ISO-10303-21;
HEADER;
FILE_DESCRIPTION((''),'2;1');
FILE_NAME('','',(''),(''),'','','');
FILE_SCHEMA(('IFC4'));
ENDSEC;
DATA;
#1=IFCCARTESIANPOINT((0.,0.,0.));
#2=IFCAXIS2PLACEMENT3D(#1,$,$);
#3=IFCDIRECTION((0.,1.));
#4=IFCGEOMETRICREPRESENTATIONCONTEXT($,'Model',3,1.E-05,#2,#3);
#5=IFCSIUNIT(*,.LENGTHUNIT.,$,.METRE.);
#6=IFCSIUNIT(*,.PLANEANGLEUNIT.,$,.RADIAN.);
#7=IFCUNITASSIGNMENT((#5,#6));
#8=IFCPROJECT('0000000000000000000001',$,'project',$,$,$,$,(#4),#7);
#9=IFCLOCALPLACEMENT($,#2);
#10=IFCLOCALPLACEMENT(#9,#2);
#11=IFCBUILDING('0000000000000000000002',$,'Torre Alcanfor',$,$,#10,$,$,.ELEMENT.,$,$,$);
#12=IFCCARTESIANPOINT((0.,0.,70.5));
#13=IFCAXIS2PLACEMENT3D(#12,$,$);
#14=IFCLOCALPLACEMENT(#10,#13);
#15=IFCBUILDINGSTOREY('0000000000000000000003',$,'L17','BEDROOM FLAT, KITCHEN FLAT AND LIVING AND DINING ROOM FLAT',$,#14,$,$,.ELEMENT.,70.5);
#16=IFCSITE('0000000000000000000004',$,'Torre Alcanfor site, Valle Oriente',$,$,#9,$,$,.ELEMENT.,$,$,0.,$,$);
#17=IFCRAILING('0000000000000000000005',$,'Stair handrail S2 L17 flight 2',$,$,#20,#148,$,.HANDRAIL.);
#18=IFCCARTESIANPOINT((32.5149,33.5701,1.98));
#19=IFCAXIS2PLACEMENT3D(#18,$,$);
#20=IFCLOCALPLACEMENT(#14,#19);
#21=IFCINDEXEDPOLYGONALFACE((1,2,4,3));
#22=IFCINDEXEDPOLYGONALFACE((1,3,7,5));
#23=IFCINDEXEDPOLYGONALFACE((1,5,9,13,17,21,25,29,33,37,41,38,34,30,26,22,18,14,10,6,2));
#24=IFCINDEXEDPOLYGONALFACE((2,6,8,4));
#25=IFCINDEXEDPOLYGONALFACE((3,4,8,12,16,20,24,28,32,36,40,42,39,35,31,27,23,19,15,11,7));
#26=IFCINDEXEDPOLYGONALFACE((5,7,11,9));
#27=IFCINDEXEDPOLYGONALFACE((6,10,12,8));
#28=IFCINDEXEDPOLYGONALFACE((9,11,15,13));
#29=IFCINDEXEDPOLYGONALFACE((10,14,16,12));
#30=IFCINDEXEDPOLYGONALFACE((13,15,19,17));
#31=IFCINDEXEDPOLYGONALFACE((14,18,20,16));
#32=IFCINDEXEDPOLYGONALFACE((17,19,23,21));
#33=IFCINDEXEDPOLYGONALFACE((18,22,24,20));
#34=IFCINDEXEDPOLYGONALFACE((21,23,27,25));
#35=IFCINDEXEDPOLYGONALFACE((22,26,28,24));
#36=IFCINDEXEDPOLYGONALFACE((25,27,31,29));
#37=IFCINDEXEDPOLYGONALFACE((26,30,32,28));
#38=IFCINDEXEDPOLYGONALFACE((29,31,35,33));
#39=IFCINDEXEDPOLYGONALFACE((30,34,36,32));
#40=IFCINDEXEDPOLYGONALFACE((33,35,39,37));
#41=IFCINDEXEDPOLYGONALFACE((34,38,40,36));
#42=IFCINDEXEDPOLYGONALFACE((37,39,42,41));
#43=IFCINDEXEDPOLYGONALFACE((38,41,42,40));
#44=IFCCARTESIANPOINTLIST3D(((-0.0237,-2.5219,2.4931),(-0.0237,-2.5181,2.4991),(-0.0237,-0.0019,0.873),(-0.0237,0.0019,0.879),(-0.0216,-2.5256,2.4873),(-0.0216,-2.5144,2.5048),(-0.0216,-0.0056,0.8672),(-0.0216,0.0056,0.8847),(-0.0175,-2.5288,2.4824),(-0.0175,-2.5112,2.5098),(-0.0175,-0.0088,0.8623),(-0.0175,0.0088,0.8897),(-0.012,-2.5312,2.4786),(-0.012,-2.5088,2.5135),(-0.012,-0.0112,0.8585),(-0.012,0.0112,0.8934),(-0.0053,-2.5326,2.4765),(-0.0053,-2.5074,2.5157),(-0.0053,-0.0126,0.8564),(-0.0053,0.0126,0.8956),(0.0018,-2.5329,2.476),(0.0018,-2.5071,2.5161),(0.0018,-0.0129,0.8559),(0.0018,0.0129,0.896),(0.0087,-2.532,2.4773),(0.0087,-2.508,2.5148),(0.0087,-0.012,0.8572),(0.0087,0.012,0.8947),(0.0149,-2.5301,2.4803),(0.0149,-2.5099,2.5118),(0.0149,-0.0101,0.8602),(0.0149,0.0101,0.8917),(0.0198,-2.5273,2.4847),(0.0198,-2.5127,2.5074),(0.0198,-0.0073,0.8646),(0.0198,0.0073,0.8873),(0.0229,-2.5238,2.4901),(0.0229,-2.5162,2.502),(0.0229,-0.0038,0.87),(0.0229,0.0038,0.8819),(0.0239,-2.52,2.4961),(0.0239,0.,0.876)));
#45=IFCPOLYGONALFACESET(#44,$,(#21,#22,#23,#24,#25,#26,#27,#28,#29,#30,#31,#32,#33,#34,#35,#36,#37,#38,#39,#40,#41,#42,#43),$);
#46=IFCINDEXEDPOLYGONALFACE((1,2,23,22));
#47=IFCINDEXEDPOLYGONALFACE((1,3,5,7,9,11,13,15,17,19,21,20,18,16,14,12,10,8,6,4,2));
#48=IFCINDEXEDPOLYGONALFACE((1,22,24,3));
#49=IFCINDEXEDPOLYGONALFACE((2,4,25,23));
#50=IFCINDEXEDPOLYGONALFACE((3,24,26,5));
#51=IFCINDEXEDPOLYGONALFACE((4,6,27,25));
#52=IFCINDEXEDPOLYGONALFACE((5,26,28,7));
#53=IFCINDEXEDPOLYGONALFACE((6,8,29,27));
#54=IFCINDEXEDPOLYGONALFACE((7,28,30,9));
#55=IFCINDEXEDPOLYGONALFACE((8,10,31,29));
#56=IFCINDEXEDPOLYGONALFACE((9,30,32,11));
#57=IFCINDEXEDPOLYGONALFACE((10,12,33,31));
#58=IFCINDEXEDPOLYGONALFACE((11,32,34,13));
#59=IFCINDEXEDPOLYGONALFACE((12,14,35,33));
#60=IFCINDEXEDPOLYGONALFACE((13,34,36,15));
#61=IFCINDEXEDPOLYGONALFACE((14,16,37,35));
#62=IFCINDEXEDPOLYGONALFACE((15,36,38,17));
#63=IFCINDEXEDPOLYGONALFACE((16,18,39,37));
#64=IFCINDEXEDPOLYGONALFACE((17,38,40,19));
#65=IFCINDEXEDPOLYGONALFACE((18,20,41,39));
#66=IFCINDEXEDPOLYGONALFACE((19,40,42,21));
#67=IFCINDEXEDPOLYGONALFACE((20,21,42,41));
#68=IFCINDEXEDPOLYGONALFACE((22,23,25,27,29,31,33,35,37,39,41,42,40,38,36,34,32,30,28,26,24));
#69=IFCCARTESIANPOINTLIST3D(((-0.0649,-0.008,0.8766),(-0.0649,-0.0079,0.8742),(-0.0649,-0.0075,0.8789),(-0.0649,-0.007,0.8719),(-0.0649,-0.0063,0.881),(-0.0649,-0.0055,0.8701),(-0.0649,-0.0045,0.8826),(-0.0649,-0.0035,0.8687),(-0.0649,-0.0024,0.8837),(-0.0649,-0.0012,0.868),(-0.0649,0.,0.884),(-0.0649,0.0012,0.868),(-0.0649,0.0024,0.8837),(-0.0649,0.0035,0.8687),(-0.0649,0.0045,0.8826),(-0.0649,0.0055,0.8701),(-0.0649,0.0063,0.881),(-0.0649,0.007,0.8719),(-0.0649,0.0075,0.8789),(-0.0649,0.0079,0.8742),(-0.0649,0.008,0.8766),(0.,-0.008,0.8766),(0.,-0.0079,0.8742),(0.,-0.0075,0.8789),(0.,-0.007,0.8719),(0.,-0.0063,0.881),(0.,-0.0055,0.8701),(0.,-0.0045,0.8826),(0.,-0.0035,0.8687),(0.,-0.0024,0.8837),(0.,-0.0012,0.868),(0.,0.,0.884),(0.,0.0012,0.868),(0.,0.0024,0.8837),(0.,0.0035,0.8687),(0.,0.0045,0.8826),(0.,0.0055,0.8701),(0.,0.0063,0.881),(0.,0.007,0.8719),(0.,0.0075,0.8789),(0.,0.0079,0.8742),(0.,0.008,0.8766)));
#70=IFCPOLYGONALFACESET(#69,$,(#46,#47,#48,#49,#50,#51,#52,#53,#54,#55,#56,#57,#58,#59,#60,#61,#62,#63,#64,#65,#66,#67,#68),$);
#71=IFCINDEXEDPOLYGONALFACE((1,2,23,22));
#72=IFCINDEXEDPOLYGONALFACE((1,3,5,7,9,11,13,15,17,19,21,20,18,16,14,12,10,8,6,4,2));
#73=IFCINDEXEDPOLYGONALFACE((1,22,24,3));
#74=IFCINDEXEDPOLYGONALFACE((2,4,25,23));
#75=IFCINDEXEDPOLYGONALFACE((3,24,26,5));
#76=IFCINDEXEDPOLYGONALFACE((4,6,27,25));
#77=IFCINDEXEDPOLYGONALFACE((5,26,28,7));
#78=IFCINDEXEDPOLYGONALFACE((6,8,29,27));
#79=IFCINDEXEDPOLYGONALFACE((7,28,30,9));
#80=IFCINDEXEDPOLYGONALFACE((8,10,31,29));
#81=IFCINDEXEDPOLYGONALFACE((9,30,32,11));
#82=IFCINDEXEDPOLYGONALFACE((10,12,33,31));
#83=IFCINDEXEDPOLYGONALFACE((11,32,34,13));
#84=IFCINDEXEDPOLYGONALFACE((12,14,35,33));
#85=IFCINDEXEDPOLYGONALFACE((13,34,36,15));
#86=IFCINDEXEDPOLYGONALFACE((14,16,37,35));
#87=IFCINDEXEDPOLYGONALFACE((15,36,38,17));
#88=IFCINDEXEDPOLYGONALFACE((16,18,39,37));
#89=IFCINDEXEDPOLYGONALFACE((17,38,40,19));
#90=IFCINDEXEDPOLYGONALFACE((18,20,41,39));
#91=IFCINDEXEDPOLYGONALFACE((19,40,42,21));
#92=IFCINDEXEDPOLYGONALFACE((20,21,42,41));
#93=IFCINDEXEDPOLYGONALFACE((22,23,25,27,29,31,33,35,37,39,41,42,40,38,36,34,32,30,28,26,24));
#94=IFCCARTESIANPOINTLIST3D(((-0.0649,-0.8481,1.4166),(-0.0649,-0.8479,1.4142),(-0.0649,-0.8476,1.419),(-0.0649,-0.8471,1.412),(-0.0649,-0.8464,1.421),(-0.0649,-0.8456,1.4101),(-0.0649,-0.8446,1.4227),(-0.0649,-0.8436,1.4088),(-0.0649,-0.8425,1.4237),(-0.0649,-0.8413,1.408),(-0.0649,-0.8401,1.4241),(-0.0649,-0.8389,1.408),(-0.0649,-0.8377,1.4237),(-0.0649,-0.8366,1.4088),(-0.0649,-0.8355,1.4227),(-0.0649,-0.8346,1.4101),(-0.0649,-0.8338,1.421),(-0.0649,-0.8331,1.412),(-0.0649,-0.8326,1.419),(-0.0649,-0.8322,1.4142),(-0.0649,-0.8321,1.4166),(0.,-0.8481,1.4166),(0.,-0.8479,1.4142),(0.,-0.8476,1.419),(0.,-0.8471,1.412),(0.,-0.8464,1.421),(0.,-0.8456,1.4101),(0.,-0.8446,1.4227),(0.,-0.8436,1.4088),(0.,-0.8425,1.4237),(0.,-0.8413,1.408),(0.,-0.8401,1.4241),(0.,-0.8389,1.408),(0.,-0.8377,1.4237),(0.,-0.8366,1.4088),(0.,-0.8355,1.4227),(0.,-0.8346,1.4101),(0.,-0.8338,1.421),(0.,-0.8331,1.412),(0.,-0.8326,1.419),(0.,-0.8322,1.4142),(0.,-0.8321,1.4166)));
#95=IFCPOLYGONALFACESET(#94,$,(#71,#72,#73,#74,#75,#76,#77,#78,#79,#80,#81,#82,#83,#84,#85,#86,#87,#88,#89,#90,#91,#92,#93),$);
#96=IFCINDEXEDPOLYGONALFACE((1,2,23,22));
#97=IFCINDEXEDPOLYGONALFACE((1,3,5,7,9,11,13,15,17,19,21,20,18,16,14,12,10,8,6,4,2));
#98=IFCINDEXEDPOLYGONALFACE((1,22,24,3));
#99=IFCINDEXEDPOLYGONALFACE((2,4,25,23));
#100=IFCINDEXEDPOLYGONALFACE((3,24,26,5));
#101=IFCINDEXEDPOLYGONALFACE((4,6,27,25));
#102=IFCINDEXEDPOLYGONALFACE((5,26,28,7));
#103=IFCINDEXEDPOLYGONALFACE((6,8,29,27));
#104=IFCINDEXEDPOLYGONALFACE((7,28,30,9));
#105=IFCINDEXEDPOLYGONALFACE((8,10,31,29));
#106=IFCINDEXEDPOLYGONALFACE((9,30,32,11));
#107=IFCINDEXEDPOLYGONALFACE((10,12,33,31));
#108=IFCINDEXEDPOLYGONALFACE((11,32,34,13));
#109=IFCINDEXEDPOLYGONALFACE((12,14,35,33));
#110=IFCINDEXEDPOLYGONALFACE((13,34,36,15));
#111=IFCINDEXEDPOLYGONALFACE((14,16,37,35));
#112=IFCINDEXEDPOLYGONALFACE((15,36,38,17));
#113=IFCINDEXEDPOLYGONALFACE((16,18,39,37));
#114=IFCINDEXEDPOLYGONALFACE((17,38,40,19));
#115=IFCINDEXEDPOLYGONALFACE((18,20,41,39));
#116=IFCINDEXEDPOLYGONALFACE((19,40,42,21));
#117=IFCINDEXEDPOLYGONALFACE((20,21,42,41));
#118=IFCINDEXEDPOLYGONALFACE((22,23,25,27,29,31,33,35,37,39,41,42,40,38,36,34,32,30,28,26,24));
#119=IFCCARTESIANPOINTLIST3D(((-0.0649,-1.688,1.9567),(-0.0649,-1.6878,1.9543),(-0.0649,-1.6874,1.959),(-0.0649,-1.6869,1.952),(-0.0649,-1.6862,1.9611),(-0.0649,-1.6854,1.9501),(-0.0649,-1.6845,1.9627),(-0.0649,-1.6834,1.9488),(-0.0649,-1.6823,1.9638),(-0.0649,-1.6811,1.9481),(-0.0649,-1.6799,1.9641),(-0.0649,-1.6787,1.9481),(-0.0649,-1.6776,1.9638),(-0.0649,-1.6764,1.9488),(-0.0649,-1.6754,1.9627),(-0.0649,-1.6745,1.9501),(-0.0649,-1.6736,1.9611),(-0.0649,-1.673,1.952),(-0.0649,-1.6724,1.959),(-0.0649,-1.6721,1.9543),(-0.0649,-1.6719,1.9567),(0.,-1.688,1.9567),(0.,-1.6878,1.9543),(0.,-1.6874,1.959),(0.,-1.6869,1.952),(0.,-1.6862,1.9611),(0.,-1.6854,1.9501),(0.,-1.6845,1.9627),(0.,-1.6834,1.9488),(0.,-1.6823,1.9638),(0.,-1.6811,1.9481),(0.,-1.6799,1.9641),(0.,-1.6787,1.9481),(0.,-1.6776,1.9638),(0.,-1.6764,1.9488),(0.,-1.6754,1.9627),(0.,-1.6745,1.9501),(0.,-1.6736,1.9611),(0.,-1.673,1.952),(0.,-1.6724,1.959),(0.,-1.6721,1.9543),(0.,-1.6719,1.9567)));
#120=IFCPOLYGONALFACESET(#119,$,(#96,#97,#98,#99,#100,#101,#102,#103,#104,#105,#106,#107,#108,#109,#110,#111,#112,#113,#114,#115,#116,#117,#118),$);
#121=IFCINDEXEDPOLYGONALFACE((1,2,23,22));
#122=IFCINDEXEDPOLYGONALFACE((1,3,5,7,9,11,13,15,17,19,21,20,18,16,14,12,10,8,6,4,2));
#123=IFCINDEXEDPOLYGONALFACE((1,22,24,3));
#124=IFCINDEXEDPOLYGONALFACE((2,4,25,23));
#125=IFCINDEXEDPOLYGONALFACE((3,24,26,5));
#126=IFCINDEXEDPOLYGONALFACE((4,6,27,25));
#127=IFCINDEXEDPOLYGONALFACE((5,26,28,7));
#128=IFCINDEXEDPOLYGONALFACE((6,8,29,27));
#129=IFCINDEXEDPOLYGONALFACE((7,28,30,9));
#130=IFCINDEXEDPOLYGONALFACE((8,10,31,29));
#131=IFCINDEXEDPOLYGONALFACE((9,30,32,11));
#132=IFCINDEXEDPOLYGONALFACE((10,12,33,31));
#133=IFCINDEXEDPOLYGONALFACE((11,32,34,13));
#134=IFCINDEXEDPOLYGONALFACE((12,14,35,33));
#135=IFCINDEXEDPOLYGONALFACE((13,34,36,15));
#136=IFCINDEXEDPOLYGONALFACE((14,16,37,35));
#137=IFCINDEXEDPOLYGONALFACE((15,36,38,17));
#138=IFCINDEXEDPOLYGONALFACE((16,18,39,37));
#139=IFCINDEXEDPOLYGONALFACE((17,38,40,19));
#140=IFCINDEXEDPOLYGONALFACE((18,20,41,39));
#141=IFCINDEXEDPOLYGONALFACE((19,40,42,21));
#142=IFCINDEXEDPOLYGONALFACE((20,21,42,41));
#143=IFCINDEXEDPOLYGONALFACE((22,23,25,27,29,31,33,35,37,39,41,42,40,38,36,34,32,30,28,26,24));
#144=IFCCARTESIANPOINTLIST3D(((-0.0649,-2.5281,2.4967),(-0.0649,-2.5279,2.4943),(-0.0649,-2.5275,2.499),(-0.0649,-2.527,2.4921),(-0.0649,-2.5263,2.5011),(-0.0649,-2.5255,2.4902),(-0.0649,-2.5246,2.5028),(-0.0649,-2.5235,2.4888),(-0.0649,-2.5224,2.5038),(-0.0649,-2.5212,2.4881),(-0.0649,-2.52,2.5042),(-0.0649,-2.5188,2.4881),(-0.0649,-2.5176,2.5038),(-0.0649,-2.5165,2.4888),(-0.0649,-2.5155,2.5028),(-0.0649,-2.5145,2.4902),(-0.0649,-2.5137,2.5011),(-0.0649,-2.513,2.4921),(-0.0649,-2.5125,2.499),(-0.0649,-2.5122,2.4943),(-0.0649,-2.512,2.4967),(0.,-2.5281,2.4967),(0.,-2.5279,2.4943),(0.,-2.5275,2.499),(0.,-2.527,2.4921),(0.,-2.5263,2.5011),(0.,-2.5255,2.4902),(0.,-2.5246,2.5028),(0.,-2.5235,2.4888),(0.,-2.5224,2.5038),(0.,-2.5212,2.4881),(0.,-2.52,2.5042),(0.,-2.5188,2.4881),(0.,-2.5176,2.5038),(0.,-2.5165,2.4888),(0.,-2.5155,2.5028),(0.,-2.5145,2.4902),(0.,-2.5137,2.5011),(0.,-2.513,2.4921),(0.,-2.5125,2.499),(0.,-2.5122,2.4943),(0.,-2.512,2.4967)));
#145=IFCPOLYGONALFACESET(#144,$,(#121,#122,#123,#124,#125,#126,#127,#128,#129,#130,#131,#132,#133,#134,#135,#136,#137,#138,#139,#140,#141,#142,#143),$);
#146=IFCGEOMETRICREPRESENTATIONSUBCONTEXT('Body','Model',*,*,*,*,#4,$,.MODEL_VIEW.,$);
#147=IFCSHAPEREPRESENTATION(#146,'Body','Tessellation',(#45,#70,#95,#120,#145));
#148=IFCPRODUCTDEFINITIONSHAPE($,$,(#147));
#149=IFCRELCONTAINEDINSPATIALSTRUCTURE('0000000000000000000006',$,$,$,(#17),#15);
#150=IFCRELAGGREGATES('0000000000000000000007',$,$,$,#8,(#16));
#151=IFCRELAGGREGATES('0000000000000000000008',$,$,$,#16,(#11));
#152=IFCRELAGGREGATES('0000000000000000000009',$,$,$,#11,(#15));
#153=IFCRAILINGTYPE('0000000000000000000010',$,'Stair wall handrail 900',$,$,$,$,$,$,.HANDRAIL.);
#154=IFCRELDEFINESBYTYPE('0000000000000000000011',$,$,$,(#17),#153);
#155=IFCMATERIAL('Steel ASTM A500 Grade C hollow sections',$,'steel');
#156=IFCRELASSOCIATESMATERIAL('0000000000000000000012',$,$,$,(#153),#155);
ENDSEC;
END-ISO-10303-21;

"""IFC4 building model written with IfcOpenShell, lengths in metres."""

from ifc_helpers import new_model, si_unit, direction, frame, origin, origin_2d, place, context, subcontext, project, spatial, circle, extrude, material, type_object, element, save


model = new_model("IFC4")

# Units and contexts
model_context = context("Model", 3, precision=1e-05, world=origin(), true_north=direction((0.0, 1.0)))
body_context = subcontext(model_context, "Body", "Model", "MODEL_VIEW")
ifc_project = project(units=[si_unit("LENGTHUNIT", "METRE"), si_unit("PLANEANGLEUNIT", "RADIAN")], contexts=[model_context])

# Site, building, storey
site_placement = place(None, origin())
site = spatial("IfcSite", under=ifc_project, at=site_placement, Name="Torre Alcanfor site, Valle Oriente", CompositionType="ELEMENT", RefElevation=0.0)
building_placement = place(site_placement, origin())
building = spatial("IfcBuilding", under=site, at=building_placement, Name="Torre Alcanfor", CompositionType="ELEMENT")
storey_placement = place(building_placement, frame((0.0, 0.0, 70.5)))
storey = spatial("IfcBuildingStorey", under=building, at=storey_placement, Name="L17", Description="BEDROOM FLAT, KITCHEN FLAT AND LIVING AND DINING ROOM FLAT", CompositionType="ELEMENT", Elevation=70.5)

# Railing
ifc_material_1 = material(Name="Steel ASTM A500 Grade C hollow sections", Category="steel")
railing_type_1 = type_object("IfcRailingType", Name="Stair wall handrail 900", PredefinedType="HANDRAIL", material=ifc_material_1)
railing_1_placement = place(storey_placement, frame((32.5149, 33.5701, 1.98)))
element("IfcRailing", 1, at=railing_1_placement, inside=storey, type_object=railing_type_1, Name="Stair handrail S2 L17 flight 2", PredefinedType="HANDRAIL", context=body_context, shape_type="SweptSolid", body=[
    extrude(circle(Radius=0.0239, at=origin_2d()), frame((0.0, 0.0, 0.876), z_axis=(0.0, -0.841163, 0.540782), x_axis=(1.0, 0.0, 0.0)), (0.0, 0.0, 1.0), 2.9958),
    extrude(circle(Radius=0.0081, at=origin_2d()), frame((0.0, 0.0, 0.876), z_axis=(-1.0, 0.0, 0.0), x_axis=(0.0, 0.0, 1.0)), (0.0, 0.0, 1.0), 0.0649),
    extrude(circle(Radius=0.0081, at=origin_2d()), frame((0.0, -0.8401, 1.416), z_axis=(-1.0, 0.0, 0.0), x_axis=(0.0, 0.0, 1.0)), (0.0, 0.0, 1.0), 0.0649),
    extrude(circle(Radius=0.0081, at=origin_2d()), frame((0.0, -1.6799, 1.9561), z_axis=(-1.0, 0.0, 0.0), x_axis=(0.0, 0.0, 1.0)), (0.0, 0.0, 1.0), 0.0649),
    extrude(circle(Radius=0.0081, at=origin_2d()), frame((0.0, -2.52, 2.4961), z_axis=(-1.0, 0.0, 0.0), x_axis=(0.0, 0.0, 1.0)), (0.0, 0.0, 1.0), 0.0649),
])

save(model, "model.ifc")
